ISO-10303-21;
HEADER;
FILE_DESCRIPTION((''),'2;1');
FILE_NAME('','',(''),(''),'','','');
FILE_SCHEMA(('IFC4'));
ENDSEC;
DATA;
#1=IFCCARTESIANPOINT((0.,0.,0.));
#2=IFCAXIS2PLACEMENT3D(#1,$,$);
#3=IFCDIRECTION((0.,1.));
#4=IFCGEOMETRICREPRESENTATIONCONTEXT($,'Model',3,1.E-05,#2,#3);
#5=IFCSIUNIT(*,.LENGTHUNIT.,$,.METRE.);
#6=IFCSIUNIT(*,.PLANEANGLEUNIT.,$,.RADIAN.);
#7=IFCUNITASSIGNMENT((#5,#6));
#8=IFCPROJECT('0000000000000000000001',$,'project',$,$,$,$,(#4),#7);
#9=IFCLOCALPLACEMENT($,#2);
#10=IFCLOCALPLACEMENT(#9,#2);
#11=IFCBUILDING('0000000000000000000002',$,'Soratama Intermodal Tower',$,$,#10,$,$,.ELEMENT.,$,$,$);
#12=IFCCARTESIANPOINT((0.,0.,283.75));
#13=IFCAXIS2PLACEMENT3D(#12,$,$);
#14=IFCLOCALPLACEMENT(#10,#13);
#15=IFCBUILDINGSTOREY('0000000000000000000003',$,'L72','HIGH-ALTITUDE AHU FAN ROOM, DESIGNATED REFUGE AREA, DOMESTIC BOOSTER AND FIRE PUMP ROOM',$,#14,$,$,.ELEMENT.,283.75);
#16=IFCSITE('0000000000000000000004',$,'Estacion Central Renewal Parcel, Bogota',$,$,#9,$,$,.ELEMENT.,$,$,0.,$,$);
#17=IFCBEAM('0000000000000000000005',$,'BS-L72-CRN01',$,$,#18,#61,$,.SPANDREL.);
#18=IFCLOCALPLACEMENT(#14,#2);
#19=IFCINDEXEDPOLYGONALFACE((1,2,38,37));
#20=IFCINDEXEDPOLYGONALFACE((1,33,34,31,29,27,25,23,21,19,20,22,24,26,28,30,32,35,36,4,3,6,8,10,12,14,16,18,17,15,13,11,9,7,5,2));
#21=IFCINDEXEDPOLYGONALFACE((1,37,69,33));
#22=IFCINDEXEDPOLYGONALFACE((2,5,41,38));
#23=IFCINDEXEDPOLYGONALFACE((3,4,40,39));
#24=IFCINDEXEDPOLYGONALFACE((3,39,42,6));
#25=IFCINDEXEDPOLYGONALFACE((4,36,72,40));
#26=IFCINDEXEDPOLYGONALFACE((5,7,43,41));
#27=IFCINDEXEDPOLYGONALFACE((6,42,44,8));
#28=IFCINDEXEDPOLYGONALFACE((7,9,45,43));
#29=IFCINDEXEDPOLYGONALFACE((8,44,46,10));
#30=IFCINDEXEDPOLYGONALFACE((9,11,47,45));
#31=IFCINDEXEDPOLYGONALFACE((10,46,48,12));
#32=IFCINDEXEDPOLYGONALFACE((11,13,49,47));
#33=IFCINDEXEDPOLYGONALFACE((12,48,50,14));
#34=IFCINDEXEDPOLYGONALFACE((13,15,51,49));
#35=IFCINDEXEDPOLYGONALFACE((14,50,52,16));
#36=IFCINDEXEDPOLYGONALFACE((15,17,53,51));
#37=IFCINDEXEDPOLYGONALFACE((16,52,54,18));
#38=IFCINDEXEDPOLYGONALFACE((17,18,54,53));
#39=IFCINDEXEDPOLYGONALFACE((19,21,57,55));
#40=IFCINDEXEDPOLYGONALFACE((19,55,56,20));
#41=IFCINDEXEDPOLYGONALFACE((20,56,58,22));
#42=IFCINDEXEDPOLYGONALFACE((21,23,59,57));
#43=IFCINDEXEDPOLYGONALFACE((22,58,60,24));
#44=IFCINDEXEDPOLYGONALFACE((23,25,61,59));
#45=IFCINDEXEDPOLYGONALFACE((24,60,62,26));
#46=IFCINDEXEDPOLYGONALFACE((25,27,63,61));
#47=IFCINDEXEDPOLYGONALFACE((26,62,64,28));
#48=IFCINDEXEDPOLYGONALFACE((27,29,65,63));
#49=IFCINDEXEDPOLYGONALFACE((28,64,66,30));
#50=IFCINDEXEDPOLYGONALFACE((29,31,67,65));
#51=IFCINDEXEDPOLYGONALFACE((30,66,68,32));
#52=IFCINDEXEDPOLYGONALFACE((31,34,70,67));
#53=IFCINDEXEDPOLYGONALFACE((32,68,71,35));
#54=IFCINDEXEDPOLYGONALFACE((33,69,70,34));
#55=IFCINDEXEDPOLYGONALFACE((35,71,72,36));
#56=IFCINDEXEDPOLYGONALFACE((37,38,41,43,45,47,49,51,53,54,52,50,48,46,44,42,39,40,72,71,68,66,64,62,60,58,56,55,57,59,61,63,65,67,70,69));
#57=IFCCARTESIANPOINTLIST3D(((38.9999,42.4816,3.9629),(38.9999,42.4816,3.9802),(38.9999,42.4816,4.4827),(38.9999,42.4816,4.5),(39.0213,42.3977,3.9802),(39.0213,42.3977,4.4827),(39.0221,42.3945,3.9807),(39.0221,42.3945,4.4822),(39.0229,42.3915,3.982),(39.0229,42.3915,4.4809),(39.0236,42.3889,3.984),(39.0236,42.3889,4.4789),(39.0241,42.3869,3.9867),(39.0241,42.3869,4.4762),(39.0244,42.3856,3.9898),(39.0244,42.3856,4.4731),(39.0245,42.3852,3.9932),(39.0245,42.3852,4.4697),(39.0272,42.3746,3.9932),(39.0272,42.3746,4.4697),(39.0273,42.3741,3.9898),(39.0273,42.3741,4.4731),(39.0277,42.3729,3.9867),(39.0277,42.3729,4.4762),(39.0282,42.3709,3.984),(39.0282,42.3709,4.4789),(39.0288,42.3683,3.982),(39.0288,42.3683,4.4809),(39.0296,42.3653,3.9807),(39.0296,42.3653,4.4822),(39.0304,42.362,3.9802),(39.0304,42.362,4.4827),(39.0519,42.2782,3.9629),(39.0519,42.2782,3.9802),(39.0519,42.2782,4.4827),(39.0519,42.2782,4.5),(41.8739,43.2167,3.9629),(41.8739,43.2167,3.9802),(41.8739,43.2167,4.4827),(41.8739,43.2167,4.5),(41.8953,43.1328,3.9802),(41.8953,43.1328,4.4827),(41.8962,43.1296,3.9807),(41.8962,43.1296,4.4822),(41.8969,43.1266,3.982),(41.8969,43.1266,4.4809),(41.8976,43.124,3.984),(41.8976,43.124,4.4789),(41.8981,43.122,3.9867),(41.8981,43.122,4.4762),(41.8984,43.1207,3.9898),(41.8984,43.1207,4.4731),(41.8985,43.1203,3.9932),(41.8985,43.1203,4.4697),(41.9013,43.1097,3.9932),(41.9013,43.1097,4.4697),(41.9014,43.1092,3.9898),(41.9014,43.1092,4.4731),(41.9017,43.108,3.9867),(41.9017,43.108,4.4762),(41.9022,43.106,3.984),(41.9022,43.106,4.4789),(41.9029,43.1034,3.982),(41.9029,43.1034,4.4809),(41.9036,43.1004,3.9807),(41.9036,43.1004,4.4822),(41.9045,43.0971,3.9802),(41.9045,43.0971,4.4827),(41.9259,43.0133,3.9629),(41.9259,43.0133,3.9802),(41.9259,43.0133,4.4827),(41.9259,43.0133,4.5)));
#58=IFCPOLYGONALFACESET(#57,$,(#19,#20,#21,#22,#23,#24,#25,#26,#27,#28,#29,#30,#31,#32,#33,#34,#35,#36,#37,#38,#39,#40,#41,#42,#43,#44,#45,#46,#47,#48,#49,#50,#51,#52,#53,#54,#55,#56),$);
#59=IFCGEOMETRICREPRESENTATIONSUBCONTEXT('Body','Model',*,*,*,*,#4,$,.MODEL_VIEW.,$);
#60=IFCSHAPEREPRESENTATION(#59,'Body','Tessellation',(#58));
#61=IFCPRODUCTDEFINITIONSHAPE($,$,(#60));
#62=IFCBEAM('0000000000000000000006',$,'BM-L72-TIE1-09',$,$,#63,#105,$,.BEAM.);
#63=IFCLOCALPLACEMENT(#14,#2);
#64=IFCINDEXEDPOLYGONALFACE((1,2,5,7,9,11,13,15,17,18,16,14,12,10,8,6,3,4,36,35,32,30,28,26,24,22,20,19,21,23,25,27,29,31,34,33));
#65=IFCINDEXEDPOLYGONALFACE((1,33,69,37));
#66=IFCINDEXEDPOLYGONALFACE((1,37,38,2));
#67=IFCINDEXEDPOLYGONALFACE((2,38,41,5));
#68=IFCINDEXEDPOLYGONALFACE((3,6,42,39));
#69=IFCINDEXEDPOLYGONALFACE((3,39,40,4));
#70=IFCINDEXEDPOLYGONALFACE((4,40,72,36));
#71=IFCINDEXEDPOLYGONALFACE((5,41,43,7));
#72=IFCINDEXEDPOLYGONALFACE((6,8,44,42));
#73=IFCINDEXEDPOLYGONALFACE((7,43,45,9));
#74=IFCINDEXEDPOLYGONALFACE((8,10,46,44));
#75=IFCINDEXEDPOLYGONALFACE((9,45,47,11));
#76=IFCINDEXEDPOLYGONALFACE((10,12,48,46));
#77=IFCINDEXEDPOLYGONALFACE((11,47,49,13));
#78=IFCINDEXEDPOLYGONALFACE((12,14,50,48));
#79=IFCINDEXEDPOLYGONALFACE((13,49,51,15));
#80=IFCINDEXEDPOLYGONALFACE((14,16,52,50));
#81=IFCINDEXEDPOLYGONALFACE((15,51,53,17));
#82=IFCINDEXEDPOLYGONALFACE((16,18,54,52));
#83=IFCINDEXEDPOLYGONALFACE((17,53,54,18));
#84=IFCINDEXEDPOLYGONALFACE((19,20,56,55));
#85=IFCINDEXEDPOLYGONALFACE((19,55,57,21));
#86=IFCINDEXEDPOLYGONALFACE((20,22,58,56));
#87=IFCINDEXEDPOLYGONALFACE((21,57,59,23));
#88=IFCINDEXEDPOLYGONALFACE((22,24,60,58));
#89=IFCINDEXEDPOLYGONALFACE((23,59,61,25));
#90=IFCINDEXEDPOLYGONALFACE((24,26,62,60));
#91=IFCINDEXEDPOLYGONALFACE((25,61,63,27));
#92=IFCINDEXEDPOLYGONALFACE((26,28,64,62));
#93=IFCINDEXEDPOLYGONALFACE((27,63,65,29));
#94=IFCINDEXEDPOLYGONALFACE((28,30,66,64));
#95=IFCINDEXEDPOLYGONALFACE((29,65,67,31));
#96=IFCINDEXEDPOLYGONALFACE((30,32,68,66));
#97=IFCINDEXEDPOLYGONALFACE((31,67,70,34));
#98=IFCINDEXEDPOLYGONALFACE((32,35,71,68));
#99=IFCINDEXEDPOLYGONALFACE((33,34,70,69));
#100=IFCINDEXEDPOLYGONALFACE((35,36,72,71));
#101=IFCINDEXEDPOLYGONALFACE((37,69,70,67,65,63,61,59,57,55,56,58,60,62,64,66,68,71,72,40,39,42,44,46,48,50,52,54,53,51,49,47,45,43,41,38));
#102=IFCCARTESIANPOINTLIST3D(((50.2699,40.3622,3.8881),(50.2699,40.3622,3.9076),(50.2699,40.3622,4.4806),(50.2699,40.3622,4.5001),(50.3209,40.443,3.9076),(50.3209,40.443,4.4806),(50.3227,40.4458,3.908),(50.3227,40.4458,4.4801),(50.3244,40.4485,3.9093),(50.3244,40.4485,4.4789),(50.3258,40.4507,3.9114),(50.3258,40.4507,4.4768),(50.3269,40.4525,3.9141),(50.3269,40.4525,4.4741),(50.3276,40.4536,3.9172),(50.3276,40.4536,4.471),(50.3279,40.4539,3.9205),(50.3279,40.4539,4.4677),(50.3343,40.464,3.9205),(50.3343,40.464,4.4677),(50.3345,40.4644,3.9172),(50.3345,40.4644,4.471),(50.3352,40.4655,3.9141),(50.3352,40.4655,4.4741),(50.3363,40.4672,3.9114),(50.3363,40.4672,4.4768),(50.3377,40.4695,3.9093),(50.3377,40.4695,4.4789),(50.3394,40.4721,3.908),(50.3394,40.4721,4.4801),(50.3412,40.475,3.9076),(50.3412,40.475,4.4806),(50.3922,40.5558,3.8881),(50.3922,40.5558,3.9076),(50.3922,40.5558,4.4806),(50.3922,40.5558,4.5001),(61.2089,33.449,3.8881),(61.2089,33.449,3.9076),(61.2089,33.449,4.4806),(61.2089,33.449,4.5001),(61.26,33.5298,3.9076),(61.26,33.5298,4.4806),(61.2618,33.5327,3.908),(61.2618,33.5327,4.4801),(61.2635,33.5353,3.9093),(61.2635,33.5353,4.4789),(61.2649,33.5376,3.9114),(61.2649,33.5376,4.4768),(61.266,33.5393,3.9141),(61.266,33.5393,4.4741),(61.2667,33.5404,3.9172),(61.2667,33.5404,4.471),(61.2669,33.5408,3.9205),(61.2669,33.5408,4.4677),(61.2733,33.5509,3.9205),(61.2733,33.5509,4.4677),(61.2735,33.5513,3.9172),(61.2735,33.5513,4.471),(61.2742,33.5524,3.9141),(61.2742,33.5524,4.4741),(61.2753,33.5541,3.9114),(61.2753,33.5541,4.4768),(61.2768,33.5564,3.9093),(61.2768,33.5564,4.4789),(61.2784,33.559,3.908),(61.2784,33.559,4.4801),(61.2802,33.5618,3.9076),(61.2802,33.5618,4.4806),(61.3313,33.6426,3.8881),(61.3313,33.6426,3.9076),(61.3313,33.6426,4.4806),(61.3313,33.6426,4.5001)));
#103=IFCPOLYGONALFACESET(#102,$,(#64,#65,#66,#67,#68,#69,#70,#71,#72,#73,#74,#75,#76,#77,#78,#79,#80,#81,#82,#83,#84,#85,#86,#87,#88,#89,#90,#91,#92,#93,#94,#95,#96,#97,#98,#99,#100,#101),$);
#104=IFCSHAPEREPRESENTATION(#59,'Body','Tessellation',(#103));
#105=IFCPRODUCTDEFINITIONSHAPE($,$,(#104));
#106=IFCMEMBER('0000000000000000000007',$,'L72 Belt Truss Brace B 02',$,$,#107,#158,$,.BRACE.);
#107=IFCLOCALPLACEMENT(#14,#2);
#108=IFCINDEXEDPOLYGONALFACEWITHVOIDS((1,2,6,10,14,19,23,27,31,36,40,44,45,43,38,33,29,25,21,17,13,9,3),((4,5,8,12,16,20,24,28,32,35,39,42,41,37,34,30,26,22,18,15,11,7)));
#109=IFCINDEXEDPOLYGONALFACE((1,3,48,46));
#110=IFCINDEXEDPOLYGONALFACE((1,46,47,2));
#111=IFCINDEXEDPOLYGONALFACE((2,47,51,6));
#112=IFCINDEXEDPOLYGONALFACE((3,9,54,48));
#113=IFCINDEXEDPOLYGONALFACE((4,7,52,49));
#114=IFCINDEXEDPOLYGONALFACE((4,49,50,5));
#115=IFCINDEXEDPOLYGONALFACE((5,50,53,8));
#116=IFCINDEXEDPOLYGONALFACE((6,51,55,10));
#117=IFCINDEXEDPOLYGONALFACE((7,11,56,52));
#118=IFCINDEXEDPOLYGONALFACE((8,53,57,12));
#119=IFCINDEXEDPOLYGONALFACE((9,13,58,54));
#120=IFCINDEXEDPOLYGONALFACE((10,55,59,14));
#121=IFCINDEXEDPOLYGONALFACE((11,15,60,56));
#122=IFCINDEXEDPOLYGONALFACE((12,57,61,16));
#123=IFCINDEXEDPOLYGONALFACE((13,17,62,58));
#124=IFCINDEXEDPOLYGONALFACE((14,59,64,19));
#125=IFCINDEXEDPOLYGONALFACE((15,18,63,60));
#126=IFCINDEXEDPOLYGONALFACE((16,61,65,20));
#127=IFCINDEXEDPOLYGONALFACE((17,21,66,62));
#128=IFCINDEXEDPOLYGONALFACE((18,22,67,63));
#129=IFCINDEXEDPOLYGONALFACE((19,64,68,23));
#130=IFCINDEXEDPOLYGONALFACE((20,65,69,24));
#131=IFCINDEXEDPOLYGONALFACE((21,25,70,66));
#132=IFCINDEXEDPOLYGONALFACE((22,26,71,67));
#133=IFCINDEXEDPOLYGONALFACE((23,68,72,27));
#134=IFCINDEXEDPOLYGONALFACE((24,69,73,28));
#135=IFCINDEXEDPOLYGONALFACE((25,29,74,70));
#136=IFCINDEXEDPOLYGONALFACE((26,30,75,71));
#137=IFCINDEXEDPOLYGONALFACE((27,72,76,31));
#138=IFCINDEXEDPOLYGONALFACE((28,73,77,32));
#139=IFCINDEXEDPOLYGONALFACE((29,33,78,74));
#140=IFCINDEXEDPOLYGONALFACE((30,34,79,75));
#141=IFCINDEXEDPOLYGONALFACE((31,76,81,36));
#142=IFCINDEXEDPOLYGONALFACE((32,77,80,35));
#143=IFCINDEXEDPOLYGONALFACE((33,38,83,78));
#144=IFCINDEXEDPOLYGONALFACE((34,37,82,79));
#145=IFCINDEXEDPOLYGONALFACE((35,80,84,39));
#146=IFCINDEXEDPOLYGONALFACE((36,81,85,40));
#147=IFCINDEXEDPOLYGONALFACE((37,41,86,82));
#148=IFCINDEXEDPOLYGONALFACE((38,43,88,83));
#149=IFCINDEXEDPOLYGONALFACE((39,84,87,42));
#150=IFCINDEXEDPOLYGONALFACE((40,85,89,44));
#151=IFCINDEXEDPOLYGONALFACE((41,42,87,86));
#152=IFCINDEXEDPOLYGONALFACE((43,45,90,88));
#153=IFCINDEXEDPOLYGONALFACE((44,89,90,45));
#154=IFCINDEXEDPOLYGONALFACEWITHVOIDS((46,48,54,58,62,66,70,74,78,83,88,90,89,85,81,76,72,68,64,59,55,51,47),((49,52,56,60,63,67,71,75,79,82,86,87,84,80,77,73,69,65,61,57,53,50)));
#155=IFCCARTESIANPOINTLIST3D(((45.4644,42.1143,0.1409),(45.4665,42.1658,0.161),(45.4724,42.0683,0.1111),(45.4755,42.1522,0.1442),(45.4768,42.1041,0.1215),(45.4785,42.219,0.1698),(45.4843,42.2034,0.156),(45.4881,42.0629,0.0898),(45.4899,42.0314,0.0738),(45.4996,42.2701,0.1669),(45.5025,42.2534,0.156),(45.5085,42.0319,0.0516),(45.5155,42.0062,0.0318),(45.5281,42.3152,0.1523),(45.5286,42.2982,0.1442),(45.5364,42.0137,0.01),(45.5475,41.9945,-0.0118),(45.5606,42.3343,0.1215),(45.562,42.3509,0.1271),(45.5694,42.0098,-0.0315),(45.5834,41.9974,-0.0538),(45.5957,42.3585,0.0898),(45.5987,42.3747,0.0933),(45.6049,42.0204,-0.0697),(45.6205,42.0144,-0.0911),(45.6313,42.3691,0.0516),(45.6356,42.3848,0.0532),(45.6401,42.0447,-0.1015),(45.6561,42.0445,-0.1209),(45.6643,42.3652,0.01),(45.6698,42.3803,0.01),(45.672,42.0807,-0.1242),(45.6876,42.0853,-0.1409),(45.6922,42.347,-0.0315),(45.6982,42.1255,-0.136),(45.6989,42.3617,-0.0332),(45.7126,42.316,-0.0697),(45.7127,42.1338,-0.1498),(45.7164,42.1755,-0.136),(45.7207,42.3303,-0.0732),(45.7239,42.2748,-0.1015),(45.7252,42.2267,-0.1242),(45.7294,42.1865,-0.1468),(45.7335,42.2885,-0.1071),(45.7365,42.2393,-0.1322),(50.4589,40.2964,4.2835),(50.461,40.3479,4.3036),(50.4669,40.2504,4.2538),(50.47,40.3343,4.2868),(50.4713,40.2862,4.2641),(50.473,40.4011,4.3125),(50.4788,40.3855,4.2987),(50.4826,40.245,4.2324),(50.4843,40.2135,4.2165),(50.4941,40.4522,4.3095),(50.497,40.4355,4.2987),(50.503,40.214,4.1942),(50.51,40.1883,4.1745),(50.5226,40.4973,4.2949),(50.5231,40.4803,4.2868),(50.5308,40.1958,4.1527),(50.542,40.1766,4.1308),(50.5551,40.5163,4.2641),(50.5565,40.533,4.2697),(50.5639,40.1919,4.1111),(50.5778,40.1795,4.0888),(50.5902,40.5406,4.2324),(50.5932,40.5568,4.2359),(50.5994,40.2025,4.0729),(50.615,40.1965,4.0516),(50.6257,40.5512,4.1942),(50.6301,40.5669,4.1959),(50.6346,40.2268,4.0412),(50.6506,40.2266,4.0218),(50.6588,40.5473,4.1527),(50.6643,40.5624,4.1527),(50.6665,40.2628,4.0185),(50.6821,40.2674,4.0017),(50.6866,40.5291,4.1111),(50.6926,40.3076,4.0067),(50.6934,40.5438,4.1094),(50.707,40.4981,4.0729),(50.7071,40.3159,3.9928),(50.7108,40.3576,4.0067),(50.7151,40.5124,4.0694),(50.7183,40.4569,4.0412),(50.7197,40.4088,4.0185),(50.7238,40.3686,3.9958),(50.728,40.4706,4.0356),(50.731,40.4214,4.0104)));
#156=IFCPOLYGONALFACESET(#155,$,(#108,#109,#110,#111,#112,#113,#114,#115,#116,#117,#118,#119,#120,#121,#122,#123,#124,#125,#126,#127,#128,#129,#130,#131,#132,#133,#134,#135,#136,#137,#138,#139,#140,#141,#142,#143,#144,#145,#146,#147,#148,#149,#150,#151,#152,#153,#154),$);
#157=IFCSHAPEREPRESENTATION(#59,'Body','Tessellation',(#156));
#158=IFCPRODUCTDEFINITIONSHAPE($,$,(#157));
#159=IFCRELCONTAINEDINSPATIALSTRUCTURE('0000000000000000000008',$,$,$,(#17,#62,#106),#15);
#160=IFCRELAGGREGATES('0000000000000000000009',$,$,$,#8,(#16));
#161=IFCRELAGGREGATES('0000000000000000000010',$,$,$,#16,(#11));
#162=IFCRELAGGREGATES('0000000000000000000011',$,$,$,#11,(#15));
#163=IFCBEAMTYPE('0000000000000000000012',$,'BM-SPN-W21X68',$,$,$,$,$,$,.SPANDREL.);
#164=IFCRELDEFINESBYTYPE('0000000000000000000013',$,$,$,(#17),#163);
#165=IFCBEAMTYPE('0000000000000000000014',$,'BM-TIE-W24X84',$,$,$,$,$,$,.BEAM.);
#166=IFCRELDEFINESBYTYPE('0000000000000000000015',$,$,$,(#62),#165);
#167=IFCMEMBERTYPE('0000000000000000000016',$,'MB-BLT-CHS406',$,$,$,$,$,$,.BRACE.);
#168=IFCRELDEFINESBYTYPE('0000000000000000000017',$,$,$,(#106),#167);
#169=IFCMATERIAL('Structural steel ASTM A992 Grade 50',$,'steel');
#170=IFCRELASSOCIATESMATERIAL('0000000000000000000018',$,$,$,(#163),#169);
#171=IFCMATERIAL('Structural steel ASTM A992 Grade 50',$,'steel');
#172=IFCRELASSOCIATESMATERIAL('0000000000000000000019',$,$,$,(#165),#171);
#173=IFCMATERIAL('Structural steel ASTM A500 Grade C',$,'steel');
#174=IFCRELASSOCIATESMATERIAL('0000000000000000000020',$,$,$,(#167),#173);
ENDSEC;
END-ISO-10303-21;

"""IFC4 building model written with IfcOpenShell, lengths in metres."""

from ifc_helpers import new_model, si_unit, direction, frame, origin, origin_2d, place, context, subcontext, project, spatial, hollow_circle, i_section, extrude, material, material_profile, profile_set, type_object, element, save


model = new_model("IFC4")

# Units and contexts
model_context = context("Model", 3, precision=1e-05, world=origin(), true_north=direction((0.0, 1.0)))
body_context = subcontext(model_context, "Body", "Model", "MODEL_VIEW")
ifc_project = project(units=[si_unit("LENGTHUNIT", "METRE"), si_unit("PLANEANGLEUNIT", "RADIAN")], contexts=[model_context])

# Site, building, storey
site_placement = place(None, origin())
site = spatial("IfcSite", under=ifc_project, at=site_placement, Name="Estacion Central Renewal Parcel, Bogota", CompositionType="ELEMENT", RefElevation=0.0)
building_placement = place(site_placement, origin())
building = spatial("IfcBuilding", under=site, at=building_placement, Name="Soratama Intermodal Tower", CompositionType="ELEMENT")
storey_placement = place(building_placement, frame((0.0, 0.0, 283.75)))
storey = spatial("IfcBuildingStorey", under=building, at=storey_placement, Name="L72", Description="HIGH-ALTITUDE AHU FAN ROOM, DESIGNATED REFUGE AREA, DOMESTIC BOOSTER AND FIRE PUMP ROOM", CompositionType="ELEMENT", Elevation=283.75)

# Beams
ifc_material_1 = material(Name="Structural steel ASTM A992 Grade 50", Category="steel")
ifc_material_profile_1 = material_profile(ifc_material_1, i_section(OverallWidth=0.21, OverallDepth=0.5371, WebThickness=0.011, FlangeThickness=0.0173, FilletRadius=0.0129, at=origin_2d()), Name="W21X68")
ifc_profile_set_1 = profile_set([ifc_material_profile_1], Name="Structural steel ASTM A992 Grade 50")
beam_type_1 = type_object("IfcBeamType", Name="BM-SPN-W21X68", PredefinedType="SPANDREL", material=ifc_profile_set_1)
beam_1_placement = place(storey_placement, frame((41.8999, 43.115, 4.2314), z_axis=(-0.968811, -0.247799, 0.0), x_axis=(0.247799, -0.968811, 0.0)))
element("IfcBeam", 1, at=beam_1_placement, inside=storey, type_object=beam_type_1, Name="BS-L72-CRN01", PredefinedType="SPANDREL", context=body_context, shape_type="SweptSolid", body=[
    extrude(i_section(OverallWidth=0.21, OverallDepth=0.5371, WebThickness=0.011, FlangeThickness=0.0173, FilletRadius=0.0129, at=origin_2d()), origin(), (0.0, 0.0, 1.0), 2.9666),
])
ifc_material_2 = material(Name="Structural steel ASTM A992 Grade 50", Category="steel")
ifc_material_profile_2 = material_profile(ifc_material_2, i_section(OverallWidth=0.229, OverallDepth=0.6121, WebThickness=0.012, FlangeThickness=0.0195, FilletRadius=0.0129, at=origin_2d()), Name="W24X84")
ifc_profile_set_2 = profile_set([ifc_material_profile_2], Name="Structural steel ASTM A992 Grade 50")
beam_type_2 = type_object("IfcBeamType", Name="BM-TIE-W24X84", PredefinedType="BEAM", material=ifc_profile_set_2)
beam_2_placement = place(storey_placement, frame((50.3311, 40.459, 4.1941), z_axis=(0.84534, -0.534229, 0.0), x_axis=(0.534229, 0.84534, 0.0)))
element("IfcBeam", 2, at=beam_2_placement, inside=storey, type_object=beam_type_2, Name="BM-L72-TIE1-09", PredefinedType="BEAM", context=body_context, shape_type="SweptSolid", body=[
    extrude(i_section(OverallWidth=0.229, OverallDepth=0.6121, WebThickness=0.012, FlangeThickness=0.0195, FilletRadius=0.0129, at=origin_2d()), origin(), (0.0, 0.0, 1.0), 12.9404),
])

# Member
ifc_material_3 = material(Name="Structural steel ASTM A500 Grade C", Category="steel")
ifc_material_profile_3 = material_profile(ifc_material_3, hollow_circle(Radius=0.2031, WallThickness=0.0161, at=origin_2d()), Name="CHS406X16")
ifc_profile_set_3 = profile_set([ifc_material_profile_3], Name="Structural steel ASTM A500 Grade C")
member_type_1 = type_object("IfcMemberType", Name="MB-BLT-CHS406", PredefinedType="BRACE", material=ifc_profile_set_3)
for number, where, z_axis, x_axis, name in (
    (3, (45.6003, 42.1895, 0.01), (0.741154, -0.269768, 0.614748), (0.342031, 0.939689, 0.0), "L72 Belt Truss Brace B 02"),
):
    element("IfcMember", number, at=place(storey_placement, frame(where, z_axis=z_axis, x_axis=x_axis)), inside=storey, type_object=member_type_1, Name=name, PredefinedType="BRACE", context=body_context, shape_type="SweptSolid", body=[
        extrude(hollow_circle(Radius=0.2031, WallThickness=0.0161, at=origin_2d()), origin(), (0.0, 0.0, 1.0), 6.7388),
    ])

save(model, "model.ifc")
